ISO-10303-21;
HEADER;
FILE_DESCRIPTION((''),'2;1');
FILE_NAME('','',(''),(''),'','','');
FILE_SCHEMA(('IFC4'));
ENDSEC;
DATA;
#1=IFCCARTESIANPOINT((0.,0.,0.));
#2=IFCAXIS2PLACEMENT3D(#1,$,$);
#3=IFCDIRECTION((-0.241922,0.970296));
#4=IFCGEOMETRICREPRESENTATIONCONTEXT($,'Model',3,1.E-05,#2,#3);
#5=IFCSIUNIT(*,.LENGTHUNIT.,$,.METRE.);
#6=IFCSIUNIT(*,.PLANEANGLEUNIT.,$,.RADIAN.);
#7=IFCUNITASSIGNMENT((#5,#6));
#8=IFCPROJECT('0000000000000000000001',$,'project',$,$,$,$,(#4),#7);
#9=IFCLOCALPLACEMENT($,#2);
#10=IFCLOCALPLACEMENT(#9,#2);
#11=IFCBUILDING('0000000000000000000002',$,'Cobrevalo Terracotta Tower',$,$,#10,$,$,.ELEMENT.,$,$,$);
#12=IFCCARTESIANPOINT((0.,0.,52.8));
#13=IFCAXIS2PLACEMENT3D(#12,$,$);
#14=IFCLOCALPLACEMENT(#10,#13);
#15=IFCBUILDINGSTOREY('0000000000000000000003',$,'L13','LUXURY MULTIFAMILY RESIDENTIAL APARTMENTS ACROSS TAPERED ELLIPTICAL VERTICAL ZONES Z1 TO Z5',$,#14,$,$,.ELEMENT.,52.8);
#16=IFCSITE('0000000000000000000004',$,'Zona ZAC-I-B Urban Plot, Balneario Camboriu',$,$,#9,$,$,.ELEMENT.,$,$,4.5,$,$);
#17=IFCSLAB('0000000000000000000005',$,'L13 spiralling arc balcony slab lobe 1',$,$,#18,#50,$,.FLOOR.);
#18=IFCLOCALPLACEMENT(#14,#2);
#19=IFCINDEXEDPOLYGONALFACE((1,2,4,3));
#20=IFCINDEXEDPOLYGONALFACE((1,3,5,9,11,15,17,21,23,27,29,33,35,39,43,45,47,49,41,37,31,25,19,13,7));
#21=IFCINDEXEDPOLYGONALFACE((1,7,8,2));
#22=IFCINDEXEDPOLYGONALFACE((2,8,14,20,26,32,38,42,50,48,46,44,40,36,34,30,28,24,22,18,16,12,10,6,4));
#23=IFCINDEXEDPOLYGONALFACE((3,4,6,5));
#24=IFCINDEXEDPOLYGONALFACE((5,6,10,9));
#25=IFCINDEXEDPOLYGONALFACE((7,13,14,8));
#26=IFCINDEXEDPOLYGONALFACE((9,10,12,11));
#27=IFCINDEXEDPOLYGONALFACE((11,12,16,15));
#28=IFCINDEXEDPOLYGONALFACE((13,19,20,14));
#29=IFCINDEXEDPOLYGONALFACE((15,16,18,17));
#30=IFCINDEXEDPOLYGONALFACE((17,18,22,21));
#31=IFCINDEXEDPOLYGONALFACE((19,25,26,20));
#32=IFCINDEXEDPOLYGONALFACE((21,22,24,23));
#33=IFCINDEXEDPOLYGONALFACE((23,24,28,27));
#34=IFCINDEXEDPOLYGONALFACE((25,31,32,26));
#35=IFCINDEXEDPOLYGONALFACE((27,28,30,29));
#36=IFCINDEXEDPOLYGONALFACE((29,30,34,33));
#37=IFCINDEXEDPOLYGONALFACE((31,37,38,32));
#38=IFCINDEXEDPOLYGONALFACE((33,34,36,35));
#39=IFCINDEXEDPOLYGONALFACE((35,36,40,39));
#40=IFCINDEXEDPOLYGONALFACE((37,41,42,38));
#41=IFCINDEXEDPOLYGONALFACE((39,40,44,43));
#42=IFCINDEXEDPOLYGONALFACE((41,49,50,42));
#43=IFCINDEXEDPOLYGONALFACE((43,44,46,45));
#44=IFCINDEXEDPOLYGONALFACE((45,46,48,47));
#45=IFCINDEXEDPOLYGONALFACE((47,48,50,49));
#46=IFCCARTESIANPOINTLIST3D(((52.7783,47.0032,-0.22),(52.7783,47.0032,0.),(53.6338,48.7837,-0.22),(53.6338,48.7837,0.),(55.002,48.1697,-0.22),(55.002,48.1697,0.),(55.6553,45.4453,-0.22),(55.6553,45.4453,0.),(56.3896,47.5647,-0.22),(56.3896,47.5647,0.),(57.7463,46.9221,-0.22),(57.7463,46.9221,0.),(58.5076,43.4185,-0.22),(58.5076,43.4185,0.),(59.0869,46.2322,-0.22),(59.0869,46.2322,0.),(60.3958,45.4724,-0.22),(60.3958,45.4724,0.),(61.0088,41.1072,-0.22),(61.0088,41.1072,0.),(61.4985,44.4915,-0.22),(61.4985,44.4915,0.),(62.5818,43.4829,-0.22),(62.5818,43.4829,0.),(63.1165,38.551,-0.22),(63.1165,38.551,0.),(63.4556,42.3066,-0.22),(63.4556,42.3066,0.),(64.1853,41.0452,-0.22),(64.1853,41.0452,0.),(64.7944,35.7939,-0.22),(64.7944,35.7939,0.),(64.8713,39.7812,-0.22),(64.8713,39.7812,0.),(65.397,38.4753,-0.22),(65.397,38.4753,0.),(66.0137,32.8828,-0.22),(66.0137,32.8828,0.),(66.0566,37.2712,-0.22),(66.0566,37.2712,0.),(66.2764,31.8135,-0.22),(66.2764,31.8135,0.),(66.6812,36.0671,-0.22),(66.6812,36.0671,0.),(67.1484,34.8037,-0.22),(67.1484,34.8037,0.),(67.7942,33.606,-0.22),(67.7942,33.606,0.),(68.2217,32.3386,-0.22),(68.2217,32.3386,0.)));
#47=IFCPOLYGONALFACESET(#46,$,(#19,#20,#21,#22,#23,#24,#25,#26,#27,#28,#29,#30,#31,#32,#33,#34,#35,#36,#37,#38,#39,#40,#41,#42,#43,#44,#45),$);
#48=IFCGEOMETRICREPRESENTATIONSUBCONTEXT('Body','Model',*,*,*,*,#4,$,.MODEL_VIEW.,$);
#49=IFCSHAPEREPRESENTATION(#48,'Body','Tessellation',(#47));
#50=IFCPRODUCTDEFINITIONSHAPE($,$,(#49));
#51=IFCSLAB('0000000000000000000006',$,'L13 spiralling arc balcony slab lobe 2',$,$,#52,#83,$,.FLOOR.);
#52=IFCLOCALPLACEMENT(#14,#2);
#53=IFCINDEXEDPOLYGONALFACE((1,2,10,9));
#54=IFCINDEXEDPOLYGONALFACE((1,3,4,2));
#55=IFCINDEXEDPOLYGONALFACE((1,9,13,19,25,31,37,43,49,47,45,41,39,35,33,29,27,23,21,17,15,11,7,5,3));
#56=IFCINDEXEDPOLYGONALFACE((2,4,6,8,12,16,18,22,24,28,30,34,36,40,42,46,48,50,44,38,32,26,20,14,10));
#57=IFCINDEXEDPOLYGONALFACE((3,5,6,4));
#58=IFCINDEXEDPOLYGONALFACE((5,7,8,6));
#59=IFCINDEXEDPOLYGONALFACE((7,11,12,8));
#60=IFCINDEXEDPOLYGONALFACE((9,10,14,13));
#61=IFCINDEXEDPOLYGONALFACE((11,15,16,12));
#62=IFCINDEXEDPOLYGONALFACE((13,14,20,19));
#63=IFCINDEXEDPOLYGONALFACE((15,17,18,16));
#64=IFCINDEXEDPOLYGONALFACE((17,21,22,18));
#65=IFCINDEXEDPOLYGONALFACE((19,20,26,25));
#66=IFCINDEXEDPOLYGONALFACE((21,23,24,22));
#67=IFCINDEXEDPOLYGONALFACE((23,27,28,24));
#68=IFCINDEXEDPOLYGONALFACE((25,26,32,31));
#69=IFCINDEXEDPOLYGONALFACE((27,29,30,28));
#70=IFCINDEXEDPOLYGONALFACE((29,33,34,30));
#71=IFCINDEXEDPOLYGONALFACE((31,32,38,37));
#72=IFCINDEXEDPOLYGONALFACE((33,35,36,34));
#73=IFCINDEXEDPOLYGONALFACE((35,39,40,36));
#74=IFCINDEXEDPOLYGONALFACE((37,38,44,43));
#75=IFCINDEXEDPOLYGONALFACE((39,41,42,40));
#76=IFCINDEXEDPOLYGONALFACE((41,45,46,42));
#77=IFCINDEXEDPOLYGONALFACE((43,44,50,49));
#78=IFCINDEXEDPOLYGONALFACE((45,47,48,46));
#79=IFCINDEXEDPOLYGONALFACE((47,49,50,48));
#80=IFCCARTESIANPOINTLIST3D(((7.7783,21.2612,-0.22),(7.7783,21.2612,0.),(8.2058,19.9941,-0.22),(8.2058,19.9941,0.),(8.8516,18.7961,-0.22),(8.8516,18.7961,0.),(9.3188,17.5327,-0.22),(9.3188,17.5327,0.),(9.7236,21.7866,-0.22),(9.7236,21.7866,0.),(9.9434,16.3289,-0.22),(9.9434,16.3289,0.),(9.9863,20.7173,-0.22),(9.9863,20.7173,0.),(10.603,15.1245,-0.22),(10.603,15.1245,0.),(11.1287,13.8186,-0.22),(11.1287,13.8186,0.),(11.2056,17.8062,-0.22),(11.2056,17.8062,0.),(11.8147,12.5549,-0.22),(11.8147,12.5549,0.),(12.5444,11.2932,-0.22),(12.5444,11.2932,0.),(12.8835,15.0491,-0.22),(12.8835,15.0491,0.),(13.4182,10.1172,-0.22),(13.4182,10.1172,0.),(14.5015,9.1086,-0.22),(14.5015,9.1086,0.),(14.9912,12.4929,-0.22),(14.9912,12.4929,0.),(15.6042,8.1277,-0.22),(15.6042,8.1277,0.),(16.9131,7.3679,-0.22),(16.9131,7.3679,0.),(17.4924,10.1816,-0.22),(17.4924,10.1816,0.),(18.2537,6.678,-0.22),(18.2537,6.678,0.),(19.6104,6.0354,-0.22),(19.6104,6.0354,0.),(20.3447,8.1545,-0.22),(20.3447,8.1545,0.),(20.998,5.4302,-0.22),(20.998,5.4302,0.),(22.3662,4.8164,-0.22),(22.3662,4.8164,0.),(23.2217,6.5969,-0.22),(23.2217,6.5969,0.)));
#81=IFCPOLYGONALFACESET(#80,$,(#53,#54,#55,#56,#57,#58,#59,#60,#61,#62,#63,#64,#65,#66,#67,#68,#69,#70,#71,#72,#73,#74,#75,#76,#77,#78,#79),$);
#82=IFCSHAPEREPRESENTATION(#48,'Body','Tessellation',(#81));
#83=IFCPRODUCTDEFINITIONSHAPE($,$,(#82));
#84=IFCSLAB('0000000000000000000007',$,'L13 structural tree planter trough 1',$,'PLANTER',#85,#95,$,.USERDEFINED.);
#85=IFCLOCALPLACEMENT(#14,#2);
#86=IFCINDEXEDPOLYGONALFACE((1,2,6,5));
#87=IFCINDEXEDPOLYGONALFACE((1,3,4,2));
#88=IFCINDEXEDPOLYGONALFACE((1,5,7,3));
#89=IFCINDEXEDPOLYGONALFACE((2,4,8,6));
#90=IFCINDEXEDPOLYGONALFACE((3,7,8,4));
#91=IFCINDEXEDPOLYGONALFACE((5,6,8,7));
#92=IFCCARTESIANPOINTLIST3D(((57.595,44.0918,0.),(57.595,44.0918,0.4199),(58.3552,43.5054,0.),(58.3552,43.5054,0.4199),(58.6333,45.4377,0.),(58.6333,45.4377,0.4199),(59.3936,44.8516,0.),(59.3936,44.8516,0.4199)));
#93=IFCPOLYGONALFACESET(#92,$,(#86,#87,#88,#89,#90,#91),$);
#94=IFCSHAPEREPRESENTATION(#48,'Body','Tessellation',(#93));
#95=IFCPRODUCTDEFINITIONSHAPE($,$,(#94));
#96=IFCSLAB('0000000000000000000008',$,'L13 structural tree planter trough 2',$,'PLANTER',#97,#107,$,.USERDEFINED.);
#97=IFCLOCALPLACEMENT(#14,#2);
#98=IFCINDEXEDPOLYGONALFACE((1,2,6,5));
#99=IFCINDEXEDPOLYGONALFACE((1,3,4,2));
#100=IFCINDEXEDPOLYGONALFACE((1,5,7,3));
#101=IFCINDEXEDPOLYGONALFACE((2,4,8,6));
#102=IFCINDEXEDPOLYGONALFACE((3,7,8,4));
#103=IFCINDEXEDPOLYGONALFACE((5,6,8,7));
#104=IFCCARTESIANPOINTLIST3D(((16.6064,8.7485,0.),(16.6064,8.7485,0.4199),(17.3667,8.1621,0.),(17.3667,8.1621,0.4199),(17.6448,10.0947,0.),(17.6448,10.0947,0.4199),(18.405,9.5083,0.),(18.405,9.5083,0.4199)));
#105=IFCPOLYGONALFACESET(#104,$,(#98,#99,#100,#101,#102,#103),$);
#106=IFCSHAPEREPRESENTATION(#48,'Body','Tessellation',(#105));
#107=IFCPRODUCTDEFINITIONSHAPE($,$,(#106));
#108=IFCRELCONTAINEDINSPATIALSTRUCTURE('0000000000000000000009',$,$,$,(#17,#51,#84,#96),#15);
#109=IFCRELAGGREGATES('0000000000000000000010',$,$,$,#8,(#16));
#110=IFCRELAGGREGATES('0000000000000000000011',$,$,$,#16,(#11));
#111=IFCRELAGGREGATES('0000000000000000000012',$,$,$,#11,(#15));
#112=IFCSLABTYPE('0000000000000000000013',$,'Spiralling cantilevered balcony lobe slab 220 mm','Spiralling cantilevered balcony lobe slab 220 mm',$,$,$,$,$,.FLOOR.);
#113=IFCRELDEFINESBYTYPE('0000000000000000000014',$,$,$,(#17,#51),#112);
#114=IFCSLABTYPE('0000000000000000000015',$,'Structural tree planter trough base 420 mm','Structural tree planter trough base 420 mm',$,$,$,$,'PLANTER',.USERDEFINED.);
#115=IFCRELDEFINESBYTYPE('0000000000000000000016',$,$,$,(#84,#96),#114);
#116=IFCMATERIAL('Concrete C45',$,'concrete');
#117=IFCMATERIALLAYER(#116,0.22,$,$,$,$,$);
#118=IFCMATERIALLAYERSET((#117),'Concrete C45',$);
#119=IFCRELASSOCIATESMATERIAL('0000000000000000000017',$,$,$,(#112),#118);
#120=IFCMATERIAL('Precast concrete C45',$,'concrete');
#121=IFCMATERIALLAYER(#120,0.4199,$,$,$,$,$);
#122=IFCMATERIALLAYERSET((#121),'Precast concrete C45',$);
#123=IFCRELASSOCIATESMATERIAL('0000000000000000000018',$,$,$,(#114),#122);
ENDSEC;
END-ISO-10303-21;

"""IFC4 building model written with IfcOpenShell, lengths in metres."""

from ifc_helpers import new_model, si_unit, direction, frame, origin, place, context, subcontext, project, spatial, polyline, outline, extrude, material, layer, layer_set, type_object, element, save


model = new_model("IFC4")

# Units and contexts
model_context = context("Model", 3, precision=1e-05, world=origin(), true_north=direction((-0.241922, 0.970296)))
body_context = subcontext(model_context, "Body", "Model", "MODEL_VIEW")
ifc_project = project(units=[si_unit("LENGTHUNIT", "METRE"), si_unit("PLANEANGLEUNIT", "RADIAN")], contexts=[model_context])

# Site, building, storey
site_placement = place(None, origin())
site = spatial("IfcSite", under=ifc_project, at=site_placement, Name="Zona ZAC-I-B Urban Plot, Balneario Camboriu", CompositionType="ELEMENT", RefElevation=4.5)
building_placement = place(site_placement, origin())
building = spatial("IfcBuilding", under=site, at=building_placement, Name="Cobrevalo Terracotta Tower", CompositionType="ELEMENT")
storey_placement = place(building_placement, frame((0.0, 0.0, 52.8)))
storey = spatial("IfcBuildingStorey", under=building, at=storey_placement, Name="L13", Description="LUXURY MULTIFAMILY RESIDENTIAL APARTMENTS ACROSS TAPERED ELLIPTICAL VERTICAL ZONES Z1 TO Z5", CompositionType="ELEMENT", Elevation=52.8)

# Slabs
ifc_material_1 = material(Name="Concrete C45", Category="concrete")
ifc_layer_1 = layer(ifc_material_1, 0.22)
ifc_layer_set_1 = layer_set([ifc_layer_1], Name="Concrete C45")
slab_type_1 = type_object("IfcSlabType", Name="Spiralling cantilevered balcony lobe slab 220 mm", Description="Spiralling cantilevered balcony lobe slab 220 mm", PredefinedType="FLOOR", material=ifc_layer_set_1)
slab_1_placement = place(storey_placement, frame((0.0, 0.0, -0.22)))
element("IfcSlab", 1, at=slab_1_placement, inside=storey, type_object=slab_type_1, Name="L13 spiralling arc balcony slab lobe 1", PredefinedType="FLOOR", context=body_context, shape_type="SweptSolid", body=[
    extrude(outline(polyline([(68.2217, 32.3386), (67.7942, 33.606), (67.1484, 34.8037), (66.6812, 36.0671), (66.0566, 37.2712), (65.397, 38.4753), (64.8713, 39.7812), (64.1853, 41.0452), (63.4556, 42.3066), (62.5818, 43.4829), (61.4985, 44.4915), (60.3958, 45.4724), (59.0869, 46.2322), (57.7463, 46.9221), (56.3896, 47.5647), (55.002, 48.1697), (53.6338, 48.7837), (52.7783, 47.0032), (55.6553, 45.4453), (58.5076, 43.4185), (61.0088, 41.1072), (63.1165, 38.551), (64.7944, 35.7939), (66.0137, 32.8828), (66.2764, 31.8135), (68.2217, 32.3386)])), origin(), (0.0, 0.0, 1.0), 0.22),
])
slab_2_placement = place(storey_placement, frame((0.0, 0.0, -0.22)))
element("IfcSlab", 2, at=slab_2_placement, inside=storey, type_object=slab_type_1, Name="L13 spiralling arc balcony slab lobe 2", PredefinedType="FLOOR", context=body_context, shape_type="SweptSolid", body=[
    extrude(outline(polyline([(7.7783, 21.2612), (8.2058, 19.9941), (8.8516, 18.7961), (9.3188, 17.5327), (9.9434, 16.3289), (10.603, 15.1245), (11.1287, 13.8186), (11.8147, 12.5549), (12.5444, 11.2932), (13.4182, 10.1172), (14.5015, 9.1086), (15.6042, 8.1277), (16.9131, 7.3679), (18.2537, 6.678), (19.6104, 6.0354), (20.998, 5.4302), (22.3662, 4.8164), (23.2217, 6.5969), (20.3447, 8.1545), (17.4924, 10.1816), (14.9912, 12.4929), (12.8835, 15.0491), (11.2056, 17.8062), (9.9863, 20.7173), (9.7236, 21.7866), (7.7783, 21.2612)])), origin(), (0.0, 0.0, 1.0), 0.22),
])
ifc_material_2 = material(Name="Precast concrete C45", Category="concrete")
ifc_layer_2 = layer(ifc_material_2, 0.4199)
ifc_layer_set_2 = layer_set([ifc_layer_2], Name="Precast concrete C45")
slab_type_2 = type_object("IfcSlabType", Name="Structural tree planter trough base 420 mm", Description="Structural tree planter trough base 420 mm", ElementType="PLANTER", PredefinedType="USERDEFINED", material=ifc_layer_set_2)
slab_3_placement = place(storey_placement, origin())
element("IfcSlab", 3, at=slab_3_placement, inside=storey, type_object=slab_type_2, Name="L13 structural tree planter trough 1", ObjectType="PLANTER", PredefinedType="USERDEFINED", context=body_context, shape_type="SweptSolid", body=[
    extrude(outline(polyline([(58.3552, 43.5054), (59.3936, 44.8516), (58.6333, 45.4377), (57.595, 44.0918), (58.3552, 43.5054)])), origin(), (0.0, 0.0, 1.0), 0.4199),
])
slab_4_placement = place(storey_placement, origin())
element("IfcSlab", 4, at=slab_4_placement, inside=storey, type_object=slab_type_2, Name="L13 structural tree planter trough 2", ObjectType="PLANTER", PredefinedType="USERDEFINED", context=body_context, shape_type="SweptSolid", body=[
    extrude(outline(polyline([(17.6448, 10.0947), (16.6064, 8.7485), (17.3667, 8.1621), (18.405, 9.5083), (17.6448, 10.0947)])), origin(), (0.0, 0.0, 1.0), 0.4199),
])

save(model, "model.ifc")
